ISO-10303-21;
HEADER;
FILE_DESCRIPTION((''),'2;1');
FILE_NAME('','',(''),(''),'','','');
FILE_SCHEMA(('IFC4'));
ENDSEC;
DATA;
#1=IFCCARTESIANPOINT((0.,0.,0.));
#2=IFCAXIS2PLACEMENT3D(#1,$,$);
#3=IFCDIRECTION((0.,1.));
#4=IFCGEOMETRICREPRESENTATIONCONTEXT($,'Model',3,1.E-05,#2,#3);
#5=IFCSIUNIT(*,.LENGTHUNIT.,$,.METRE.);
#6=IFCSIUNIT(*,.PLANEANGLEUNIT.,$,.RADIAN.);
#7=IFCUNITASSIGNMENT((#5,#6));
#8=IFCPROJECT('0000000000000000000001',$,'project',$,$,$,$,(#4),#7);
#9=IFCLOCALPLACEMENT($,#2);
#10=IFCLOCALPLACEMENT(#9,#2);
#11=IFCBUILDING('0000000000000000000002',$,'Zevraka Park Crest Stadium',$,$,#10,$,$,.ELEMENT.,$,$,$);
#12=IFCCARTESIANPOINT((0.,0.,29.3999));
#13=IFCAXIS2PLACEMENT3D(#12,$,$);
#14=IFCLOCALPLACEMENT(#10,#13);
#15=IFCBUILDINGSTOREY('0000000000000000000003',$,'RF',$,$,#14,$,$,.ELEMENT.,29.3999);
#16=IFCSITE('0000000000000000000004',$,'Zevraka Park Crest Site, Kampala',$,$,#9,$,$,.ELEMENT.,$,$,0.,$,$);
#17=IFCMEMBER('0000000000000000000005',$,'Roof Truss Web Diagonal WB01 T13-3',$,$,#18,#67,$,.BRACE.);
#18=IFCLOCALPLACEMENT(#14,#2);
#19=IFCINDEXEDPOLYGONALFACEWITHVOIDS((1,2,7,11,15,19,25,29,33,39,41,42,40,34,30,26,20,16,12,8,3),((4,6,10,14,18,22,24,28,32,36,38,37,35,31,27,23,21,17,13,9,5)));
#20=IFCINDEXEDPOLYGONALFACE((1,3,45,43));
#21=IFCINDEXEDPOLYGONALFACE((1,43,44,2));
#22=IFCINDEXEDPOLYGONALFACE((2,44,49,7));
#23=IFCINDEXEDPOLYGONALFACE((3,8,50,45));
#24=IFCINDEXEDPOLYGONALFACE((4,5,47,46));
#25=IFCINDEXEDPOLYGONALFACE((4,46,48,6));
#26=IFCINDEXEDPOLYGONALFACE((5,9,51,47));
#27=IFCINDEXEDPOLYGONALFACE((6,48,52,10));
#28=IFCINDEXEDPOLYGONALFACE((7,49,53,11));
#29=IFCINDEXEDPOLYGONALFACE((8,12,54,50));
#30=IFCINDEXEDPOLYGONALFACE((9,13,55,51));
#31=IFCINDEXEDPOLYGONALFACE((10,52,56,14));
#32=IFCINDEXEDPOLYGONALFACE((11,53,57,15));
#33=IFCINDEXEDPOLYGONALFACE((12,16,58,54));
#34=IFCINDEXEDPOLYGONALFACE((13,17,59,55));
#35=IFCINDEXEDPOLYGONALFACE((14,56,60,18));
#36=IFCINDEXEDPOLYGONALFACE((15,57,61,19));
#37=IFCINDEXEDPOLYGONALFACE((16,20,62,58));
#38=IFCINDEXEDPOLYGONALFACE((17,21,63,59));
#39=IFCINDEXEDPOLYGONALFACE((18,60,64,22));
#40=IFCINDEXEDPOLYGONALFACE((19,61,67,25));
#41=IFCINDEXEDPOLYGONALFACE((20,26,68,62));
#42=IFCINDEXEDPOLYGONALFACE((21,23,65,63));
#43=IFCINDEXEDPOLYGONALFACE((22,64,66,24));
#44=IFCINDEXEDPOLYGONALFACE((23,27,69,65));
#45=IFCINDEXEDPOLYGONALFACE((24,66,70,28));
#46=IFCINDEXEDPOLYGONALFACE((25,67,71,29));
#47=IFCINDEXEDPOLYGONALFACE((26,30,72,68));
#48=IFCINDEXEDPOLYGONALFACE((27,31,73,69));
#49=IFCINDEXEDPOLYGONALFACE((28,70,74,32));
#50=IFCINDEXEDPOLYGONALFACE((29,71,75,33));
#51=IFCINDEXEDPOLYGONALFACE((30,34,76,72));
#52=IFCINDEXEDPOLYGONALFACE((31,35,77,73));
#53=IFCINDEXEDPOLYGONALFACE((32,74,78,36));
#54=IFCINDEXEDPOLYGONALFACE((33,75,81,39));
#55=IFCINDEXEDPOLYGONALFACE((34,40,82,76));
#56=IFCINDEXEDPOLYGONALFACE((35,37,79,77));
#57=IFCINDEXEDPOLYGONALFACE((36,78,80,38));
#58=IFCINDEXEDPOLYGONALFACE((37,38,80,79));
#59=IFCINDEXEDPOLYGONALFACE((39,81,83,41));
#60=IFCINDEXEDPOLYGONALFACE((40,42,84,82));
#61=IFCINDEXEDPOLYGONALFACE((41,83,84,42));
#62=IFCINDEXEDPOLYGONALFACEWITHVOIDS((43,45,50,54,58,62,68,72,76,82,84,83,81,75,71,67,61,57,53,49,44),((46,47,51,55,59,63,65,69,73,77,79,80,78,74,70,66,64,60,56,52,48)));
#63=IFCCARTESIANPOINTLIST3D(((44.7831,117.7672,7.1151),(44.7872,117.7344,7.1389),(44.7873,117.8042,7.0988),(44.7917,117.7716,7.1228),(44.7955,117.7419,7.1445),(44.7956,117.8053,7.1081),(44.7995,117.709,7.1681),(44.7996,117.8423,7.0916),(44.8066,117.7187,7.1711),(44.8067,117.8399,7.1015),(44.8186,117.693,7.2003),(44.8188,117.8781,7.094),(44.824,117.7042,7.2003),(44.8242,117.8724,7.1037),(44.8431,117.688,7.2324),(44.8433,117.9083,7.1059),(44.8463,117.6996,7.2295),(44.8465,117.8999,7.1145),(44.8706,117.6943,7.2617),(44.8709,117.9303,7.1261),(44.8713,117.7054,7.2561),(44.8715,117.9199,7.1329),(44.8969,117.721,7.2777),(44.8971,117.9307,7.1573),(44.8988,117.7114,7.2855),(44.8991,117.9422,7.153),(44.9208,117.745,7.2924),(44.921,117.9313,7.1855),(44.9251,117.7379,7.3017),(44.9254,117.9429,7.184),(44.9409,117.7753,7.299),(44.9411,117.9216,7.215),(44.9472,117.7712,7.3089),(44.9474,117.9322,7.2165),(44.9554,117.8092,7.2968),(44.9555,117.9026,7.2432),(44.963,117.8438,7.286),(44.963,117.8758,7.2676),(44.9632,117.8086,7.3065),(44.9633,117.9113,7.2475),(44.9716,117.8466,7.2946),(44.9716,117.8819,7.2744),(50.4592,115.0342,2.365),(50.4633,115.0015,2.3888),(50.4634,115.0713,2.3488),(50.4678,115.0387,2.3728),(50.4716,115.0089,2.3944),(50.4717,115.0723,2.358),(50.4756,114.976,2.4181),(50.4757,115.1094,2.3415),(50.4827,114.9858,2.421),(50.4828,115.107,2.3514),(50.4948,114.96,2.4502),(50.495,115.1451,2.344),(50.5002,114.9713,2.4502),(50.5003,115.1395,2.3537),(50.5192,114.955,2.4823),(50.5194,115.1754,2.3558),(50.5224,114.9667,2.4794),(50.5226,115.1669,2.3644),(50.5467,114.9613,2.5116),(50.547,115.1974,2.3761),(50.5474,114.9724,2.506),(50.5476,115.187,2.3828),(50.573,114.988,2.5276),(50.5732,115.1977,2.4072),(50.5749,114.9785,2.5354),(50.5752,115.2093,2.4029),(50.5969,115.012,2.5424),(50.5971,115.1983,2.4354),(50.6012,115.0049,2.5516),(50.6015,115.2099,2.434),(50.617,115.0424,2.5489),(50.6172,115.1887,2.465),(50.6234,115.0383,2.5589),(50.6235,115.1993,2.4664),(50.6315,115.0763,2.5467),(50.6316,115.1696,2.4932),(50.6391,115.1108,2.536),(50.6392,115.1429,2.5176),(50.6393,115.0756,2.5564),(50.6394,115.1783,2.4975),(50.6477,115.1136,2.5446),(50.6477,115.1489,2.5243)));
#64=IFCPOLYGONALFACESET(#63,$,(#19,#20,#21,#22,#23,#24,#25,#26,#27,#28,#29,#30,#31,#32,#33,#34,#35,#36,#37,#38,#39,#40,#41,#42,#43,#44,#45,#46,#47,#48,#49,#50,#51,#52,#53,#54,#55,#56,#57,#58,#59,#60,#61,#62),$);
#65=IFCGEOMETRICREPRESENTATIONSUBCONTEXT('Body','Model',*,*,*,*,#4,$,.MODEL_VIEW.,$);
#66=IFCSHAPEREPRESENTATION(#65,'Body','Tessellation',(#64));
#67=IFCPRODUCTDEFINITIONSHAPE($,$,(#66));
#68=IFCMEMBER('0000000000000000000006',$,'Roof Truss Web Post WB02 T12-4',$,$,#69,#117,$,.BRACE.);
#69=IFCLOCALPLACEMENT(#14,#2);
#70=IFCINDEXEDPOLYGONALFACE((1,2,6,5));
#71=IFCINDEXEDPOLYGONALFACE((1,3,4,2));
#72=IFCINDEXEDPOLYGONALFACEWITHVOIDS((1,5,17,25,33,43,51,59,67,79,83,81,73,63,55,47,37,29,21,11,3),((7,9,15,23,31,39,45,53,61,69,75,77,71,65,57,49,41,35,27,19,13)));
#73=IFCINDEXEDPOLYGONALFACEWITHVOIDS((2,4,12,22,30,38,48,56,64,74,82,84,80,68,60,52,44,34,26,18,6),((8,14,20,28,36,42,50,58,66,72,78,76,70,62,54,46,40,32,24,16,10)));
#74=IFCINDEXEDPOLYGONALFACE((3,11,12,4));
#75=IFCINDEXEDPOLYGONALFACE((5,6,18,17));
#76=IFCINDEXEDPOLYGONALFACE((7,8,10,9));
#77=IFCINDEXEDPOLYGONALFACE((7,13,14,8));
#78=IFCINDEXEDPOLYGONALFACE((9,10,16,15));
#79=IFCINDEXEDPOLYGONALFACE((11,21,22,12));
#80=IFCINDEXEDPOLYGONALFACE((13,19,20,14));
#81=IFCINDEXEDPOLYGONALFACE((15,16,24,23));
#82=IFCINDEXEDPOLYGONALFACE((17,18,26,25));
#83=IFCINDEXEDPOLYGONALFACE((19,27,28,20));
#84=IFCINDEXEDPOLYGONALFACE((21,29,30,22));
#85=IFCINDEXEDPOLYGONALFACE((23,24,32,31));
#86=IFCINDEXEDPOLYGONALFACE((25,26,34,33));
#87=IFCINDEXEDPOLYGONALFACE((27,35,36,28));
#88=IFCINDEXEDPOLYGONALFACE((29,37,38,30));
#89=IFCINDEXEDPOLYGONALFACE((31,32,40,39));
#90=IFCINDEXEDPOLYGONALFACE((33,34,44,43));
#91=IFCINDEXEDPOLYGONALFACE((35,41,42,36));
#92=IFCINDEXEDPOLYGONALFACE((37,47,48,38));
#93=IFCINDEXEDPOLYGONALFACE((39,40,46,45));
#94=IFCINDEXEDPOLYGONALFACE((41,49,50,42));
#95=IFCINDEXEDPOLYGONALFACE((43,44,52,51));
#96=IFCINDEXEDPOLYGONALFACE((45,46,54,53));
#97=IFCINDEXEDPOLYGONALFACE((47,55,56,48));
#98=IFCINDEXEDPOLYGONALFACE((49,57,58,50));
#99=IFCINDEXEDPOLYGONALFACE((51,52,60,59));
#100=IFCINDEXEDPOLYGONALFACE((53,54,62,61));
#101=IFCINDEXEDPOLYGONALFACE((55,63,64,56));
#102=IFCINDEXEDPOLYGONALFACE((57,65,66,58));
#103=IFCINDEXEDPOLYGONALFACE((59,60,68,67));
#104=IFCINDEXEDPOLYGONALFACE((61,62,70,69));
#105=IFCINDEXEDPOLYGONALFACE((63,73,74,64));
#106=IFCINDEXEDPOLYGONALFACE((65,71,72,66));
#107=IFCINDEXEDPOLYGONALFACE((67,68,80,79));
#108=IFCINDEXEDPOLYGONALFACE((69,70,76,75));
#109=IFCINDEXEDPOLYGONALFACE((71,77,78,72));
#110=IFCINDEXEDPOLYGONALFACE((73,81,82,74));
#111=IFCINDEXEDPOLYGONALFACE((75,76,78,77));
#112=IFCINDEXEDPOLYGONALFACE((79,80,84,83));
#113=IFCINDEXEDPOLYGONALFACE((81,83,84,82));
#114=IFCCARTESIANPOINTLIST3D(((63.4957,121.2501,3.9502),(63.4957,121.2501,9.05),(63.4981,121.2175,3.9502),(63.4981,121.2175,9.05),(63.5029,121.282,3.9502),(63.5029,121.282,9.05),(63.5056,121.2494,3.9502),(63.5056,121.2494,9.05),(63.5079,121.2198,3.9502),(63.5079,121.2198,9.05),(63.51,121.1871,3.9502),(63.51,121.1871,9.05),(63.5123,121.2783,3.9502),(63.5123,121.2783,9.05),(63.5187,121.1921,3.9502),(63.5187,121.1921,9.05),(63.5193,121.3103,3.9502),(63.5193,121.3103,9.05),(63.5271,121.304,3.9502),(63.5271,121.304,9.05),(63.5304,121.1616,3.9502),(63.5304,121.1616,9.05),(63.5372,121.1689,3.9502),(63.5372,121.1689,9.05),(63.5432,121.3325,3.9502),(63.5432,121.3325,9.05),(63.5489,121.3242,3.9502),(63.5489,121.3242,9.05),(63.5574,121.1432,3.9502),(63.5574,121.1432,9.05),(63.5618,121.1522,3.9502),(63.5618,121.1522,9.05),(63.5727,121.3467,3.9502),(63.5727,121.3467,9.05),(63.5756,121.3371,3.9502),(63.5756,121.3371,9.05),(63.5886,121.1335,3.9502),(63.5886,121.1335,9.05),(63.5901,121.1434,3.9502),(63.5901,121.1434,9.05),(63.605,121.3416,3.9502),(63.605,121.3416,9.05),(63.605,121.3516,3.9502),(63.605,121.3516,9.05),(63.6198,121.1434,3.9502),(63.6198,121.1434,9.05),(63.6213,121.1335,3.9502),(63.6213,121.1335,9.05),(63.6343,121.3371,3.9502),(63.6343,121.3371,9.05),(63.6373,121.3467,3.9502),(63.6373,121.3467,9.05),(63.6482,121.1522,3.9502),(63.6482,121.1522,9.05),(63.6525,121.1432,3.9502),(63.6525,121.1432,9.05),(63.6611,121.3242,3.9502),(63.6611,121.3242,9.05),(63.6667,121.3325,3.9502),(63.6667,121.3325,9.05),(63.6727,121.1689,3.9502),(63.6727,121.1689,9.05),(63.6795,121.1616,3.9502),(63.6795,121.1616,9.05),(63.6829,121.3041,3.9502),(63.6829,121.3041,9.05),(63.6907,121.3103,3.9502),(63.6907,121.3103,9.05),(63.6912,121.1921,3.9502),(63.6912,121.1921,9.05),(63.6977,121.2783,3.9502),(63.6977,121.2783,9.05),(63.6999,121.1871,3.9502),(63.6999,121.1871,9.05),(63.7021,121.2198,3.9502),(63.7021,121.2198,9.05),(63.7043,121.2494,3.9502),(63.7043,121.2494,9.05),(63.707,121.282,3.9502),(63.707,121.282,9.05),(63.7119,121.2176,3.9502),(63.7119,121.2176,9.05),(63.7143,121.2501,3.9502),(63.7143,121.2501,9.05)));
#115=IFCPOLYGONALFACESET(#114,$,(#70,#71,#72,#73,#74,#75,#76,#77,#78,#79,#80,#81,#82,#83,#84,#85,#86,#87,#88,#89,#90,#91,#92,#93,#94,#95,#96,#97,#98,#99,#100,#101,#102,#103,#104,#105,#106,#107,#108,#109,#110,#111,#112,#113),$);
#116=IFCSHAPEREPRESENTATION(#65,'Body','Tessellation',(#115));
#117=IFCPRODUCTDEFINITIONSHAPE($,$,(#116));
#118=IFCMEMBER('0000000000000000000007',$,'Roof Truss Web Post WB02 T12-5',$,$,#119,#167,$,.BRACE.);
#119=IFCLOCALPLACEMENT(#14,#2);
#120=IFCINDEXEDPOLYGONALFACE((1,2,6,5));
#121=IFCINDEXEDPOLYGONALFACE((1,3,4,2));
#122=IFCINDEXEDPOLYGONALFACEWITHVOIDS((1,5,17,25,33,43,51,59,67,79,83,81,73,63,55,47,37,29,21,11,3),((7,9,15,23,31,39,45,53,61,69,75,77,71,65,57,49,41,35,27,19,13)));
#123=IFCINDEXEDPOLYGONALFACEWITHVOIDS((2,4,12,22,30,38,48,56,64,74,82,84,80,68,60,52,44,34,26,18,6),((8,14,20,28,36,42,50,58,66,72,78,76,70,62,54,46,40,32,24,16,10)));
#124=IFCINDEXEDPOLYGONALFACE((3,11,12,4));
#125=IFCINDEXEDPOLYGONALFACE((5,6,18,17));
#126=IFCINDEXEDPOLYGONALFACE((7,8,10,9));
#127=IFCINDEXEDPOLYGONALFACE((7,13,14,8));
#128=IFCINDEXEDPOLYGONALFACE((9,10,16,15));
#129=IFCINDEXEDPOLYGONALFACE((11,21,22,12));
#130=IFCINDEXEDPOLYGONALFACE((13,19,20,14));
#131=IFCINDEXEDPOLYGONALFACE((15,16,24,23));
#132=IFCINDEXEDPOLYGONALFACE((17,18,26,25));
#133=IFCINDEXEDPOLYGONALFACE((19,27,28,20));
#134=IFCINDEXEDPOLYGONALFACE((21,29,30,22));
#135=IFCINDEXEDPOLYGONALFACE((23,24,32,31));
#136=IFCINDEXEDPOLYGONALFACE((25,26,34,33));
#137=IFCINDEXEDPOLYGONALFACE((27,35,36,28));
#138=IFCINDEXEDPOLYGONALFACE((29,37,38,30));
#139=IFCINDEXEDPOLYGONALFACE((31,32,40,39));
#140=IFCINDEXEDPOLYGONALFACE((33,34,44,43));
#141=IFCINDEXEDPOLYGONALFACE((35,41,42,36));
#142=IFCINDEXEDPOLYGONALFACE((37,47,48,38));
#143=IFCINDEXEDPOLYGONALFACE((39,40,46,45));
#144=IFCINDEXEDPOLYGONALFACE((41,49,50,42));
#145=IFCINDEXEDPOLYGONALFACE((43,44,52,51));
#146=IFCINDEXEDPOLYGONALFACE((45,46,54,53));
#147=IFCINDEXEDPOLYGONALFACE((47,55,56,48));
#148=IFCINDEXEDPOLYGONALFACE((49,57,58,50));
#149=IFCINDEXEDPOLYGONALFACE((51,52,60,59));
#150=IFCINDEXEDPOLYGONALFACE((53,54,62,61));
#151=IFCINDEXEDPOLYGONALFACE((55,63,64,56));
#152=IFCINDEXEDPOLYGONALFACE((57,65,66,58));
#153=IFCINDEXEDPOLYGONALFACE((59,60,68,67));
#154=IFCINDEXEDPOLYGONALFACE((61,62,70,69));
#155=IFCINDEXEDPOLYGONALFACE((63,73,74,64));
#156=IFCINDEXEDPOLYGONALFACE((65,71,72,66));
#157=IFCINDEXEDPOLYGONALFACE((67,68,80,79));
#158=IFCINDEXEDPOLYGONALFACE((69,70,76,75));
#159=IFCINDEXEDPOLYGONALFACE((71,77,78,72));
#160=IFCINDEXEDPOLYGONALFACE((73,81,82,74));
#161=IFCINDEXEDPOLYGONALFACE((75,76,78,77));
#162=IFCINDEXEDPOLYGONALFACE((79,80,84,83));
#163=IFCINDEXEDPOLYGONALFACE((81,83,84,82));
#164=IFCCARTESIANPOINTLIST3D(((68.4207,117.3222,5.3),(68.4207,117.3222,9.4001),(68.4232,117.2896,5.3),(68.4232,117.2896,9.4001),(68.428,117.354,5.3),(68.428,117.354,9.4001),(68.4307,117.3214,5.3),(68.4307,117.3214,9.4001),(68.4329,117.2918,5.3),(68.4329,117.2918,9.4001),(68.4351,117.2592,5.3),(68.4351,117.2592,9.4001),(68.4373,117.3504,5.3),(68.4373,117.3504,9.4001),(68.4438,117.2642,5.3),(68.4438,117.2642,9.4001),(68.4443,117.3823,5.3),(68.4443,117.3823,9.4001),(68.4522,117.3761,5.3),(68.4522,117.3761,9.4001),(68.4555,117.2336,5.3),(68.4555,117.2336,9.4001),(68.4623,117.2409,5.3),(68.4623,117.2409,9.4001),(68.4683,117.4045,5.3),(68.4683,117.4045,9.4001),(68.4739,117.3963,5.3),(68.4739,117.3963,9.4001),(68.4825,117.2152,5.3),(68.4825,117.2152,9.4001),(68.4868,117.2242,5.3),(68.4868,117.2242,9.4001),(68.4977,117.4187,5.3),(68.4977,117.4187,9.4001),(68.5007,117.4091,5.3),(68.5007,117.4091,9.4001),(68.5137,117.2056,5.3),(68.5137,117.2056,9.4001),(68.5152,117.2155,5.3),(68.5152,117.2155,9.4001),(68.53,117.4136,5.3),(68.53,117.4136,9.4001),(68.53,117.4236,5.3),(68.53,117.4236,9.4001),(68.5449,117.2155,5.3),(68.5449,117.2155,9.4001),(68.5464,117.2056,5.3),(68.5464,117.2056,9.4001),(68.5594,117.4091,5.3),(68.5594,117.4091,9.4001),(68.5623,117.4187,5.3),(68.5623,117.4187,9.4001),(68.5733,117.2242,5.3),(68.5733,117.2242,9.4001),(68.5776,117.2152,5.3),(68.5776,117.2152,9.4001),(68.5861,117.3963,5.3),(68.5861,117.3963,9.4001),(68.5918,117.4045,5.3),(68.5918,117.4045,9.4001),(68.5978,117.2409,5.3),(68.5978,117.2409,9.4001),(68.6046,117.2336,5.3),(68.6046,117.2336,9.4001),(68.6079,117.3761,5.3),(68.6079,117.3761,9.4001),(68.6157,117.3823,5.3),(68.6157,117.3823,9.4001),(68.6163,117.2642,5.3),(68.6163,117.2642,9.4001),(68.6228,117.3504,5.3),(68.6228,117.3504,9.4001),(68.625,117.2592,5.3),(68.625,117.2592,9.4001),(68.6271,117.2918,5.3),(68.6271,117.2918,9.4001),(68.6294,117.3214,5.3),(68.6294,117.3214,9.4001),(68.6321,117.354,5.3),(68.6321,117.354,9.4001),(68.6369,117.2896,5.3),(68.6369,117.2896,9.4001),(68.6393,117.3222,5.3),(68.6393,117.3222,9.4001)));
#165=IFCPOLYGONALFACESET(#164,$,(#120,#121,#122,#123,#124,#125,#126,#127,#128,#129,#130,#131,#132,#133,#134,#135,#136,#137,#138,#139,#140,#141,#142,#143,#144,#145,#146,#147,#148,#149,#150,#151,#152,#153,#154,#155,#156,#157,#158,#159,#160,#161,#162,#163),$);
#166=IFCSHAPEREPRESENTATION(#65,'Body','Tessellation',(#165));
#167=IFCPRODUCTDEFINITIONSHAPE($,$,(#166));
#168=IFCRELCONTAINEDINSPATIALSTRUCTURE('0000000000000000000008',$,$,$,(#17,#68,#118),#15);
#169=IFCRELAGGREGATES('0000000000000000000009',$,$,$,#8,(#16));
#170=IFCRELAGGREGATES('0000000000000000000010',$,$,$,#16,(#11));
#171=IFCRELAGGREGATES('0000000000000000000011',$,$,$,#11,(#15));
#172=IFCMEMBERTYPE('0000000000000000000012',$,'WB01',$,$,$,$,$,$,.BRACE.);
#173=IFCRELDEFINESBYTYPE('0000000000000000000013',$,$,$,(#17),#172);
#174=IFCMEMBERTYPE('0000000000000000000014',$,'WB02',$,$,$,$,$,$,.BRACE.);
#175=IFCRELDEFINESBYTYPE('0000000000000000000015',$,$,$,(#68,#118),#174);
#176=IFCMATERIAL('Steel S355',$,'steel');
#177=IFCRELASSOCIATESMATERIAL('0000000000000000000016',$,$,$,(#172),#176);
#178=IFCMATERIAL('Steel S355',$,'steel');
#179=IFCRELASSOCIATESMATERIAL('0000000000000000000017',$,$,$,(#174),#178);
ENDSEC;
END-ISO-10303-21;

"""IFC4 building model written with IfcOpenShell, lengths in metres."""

from ifc_helpers import new_model, si_unit, direction, frame, origin, origin_2d, place, context, subcontext, project, spatial, hollow_circle, extrude, material, material_profile, profile_set, type_object, element, save


model = new_model("IFC4")

# Units and contexts
model_context = context("Model", 3, precision=1e-05, world=origin(), true_north=direction((0.0, 1.0)))
body_context = subcontext(model_context, "Body", "Model", "MODEL_VIEW")
ifc_project = project(units=[si_unit("LENGTHUNIT", "METRE"), si_unit("PLANEANGLEUNIT", "RADIAN")], contexts=[model_context])

# Site, building, storey
site_placement = place(None, origin())
site = spatial("IfcSite", under=ifc_project, at=site_placement, Name="Zevraka Park Crest Site, Kampala", CompositionType="ELEMENT", RefElevation=0.0)
building_placement = place(site_placement, origin())
building = spatial("IfcBuilding", under=site, at=building_placement, Name="Zevraka Park Crest Stadium", CompositionType="ELEMENT")
storey_placement = place(building_placement, frame((0.0, 0.0, 29.3999)))
storey = spatial("IfcBuildingStorey", under=building, at=storey_placement, Name="RF", CompositionType="ELEMENT", Elevation=29.3999)

# Members
ifc_material_1 = material(Name="Steel S355", Category="steel")
ifc_material_profile_1 = material_profile(ifc_material_1, hollow_circle(Radius=0.1365, WallThickness=0.0125, at=origin_2d()), Name="CHS 273.0x12.5")
ifc_profile_set_1 = profile_set([ifc_material_profile_1], Name="Steel S355")
member_type_1 = type_object("IfcMemberType", Name="WB01", PredefinedType="BRACE", material=ifc_profile_set_1)
member_1_placement = place(storey_placement, frame((50.554, 115.083, 2.4502), z_axis=(-0.719415, 0.346386, 0.602045), x_axis=(-0.433817, -0.901001, 0.0)))
element("IfcMember", 1, at=member_1_placement, inside=storey, type_object=member_type_1, Name="Roof Truss Web Diagonal WB01 T13-3", PredefinedType="BRACE", context=body_context, shape_type="SweptSolid", body=[
    extrude(hollow_circle(Radius=0.1365, WallThickness=0.0125, at=origin_2d()), origin(), (0.0, 0.0, 1.0), 7.8899),
])
ifc_material_2 = material(Name="Steel S355", Category="steel")
ifc_material_profile_2 = material_profile(ifc_material_2, hollow_circle(Radius=0.1096, WallThickness=0.01, at=origin_2d()), Name="CHS 219.1x10")
ifc_profile_set_2 = profile_set([ifc_material_profile_2], Name="Steel S355")
member_type_2 = type_object("IfcMemberType", Name="WB02", PredefinedType="BRACE", material=ifc_profile_set_2)
member_2_placement = place(storey_placement, frame((63.605, 121.2419, 3.9502), z_axis=(0.0, 0.0, 1.0), x_axis=(-0.781847, 0.62347, 0.0)))
element("IfcMember", 2, at=member_2_placement, inside=storey, type_object=member_type_2, Name="Roof Truss Web Post WB02 T12-4", PredefinedType="BRACE", context=body_context, shape_type="SweptSolid", body=[
    extrude(hollow_circle(Radius=0.1096, WallThickness=0.01, at=origin_2d()), origin(), (0.0, 0.0, 1.0), 5.0999),
])
member_3_placement = place(storey_placement, frame((68.53, 117.314, 5.3), z_axis=(0.0, 0.0, 1.0), x_axis=(-0.781847, 0.62347, 0.0)))
element("IfcMember", 3, at=member_3_placement, inside=storey, type_object=member_type_2, Name="Roof Truss Web Post WB02 T12-5", PredefinedType="BRACE", context=body_context, shape_type="SweptSolid", body=[
    extrude(hollow_circle(Radius=0.1096, WallThickness=0.01, at=origin_2d()), origin(), (0.0, 0.0, 1.0), 4.1001),
])

save(model, "model.ifc")
